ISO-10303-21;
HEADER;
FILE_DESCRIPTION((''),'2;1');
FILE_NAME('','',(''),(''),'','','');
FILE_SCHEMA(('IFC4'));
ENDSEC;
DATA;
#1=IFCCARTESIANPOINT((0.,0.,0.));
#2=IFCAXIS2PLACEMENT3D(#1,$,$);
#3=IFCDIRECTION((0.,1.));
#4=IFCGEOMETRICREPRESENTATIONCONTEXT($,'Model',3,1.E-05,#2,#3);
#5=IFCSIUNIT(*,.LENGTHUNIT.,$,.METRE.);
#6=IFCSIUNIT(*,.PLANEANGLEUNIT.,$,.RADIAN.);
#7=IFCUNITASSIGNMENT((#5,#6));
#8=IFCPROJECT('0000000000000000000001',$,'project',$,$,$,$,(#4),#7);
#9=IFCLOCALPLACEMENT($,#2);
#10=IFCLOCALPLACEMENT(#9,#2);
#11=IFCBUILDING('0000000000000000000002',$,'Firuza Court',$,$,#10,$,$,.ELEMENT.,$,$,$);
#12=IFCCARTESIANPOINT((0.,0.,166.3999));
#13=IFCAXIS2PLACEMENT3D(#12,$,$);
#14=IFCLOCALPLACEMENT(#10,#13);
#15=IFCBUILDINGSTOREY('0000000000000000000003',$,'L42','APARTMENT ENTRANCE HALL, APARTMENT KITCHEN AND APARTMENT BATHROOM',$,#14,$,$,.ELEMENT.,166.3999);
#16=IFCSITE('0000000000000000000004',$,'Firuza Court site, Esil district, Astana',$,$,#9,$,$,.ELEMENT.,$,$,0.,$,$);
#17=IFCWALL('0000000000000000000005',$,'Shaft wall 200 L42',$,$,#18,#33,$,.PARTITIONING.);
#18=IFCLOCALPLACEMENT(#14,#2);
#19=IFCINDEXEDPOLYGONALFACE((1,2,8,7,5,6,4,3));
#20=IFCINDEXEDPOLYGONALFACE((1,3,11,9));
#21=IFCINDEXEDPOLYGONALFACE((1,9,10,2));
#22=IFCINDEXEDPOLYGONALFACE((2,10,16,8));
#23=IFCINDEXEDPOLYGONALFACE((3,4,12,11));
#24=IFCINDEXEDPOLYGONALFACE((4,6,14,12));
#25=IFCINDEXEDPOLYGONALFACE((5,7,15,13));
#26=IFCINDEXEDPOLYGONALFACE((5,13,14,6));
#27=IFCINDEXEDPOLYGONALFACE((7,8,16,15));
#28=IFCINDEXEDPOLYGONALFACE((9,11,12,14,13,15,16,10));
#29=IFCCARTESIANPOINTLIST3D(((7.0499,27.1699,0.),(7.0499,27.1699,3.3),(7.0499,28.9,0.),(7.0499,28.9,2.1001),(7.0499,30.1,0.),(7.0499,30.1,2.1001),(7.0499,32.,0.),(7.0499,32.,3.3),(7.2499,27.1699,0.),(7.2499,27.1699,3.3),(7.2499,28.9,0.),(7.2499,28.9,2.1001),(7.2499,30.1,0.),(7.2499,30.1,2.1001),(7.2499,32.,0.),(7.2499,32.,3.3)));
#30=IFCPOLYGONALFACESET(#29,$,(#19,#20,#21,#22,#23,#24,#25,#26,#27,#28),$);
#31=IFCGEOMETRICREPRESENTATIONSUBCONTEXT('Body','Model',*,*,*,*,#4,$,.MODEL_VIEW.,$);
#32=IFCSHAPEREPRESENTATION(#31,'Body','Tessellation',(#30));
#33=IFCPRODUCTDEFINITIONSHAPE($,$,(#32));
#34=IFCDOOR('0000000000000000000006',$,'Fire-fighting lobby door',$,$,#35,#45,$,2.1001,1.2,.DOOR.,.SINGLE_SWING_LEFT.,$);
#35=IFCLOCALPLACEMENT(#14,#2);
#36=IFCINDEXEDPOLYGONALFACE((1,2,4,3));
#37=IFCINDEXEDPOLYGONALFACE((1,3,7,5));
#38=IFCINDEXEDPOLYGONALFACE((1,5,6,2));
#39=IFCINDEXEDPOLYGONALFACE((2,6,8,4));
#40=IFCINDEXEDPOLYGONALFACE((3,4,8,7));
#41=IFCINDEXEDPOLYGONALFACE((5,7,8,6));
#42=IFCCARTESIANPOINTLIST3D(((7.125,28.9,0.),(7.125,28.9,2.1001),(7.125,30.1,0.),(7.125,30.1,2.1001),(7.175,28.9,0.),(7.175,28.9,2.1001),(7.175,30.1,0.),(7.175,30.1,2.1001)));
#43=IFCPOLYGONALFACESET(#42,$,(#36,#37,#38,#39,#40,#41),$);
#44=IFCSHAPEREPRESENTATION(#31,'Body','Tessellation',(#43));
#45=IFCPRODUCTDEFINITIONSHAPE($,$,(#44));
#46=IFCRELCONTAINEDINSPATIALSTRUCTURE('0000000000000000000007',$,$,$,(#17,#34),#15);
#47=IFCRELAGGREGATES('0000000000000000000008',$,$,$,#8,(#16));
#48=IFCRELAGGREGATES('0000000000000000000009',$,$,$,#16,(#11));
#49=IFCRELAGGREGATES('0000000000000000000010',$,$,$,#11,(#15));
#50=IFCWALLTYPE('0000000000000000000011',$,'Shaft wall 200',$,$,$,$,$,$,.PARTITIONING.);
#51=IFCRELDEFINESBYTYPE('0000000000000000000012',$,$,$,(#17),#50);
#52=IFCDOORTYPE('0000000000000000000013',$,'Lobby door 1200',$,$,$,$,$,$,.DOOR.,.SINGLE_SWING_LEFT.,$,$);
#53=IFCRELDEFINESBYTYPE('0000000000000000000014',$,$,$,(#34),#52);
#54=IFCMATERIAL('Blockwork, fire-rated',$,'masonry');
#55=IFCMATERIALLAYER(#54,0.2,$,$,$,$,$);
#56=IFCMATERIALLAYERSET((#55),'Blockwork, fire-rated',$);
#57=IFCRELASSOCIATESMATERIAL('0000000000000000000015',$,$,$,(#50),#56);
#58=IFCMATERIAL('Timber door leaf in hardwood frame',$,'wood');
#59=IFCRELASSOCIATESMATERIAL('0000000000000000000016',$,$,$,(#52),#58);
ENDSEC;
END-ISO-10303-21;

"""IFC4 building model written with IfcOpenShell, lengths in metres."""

from ifc_helpers import new_model, si_unit, direction, frame, frame_2d, origin, place, context, subcontext, project, spatial, rectangle, extrude, material, layer, layer_set, type_object, element, fill, save


model = new_model("IFC4")

# Units and contexts
model_context = context("Model", 3, precision=1e-05, world=origin(), true_north=direction((0.0, 1.0)))
body_context = subcontext(model_context, "Body", "Model", "MODEL_VIEW")
ifc_project = project(units=[si_unit("LENGTHUNIT", "METRE"), si_unit("PLANEANGLEUNIT", "RADIAN")], contexts=[model_context])

# Site, building, storey
site_placement = place(None, origin())
site = spatial("IfcSite", under=ifc_project, at=site_placement, Name="Firuza Court site, Esil district, Astana", CompositionType="ELEMENT", RefElevation=0.0)
building_placement = place(site_placement, origin())
building = spatial("IfcBuilding", under=site, at=building_placement, Name="Firuza Court", CompositionType="ELEMENT")
storey_placement = place(building_placement, frame((0.0, 0.0, 166.3999)))
storey = spatial("IfcBuildingStorey", under=building, at=storey_placement, Name="L42", Description="APARTMENT ENTRANCE HALL, APARTMENT KITCHEN AND APARTMENT BATHROOM", CompositionType="ELEMENT", Elevation=166.3999)

# Wall, opening, door
ifc_material_1 = material(Name="Blockwork, fire-rated", Category="masonry")
ifc_layer_1 = layer(ifc_material_1, 0.2)
ifc_layer_set_1 = layer_set([ifc_layer_1], Name="Blockwork, fire-rated")
wall_type_1 = type_object("IfcWallType", Name="Shaft wall 200", PredefinedType="PARTITIONING", material=ifc_layer_set_1)
wall_1_placement = place(storey_placement, frame((7.1499, 27.1699, 0.0), z_axis=(0.0, 0.0, 1.0), x_axis=(0.0, 1.0, 0.0)))
wall_1 = element("IfcWall", 1, at=wall_1_placement, inside=storey, type_object=wall_type_1, Name="Shaft wall 200 L42", PredefinedType="PARTITIONING", context=body_context, shape_type="SweptSolid", body=[
    extrude(rectangle(XDim=4.8301, YDim=0.2, at=frame_2d((2.415, 0.0))), origin(), (0.0, 0.0, 1.0), 3.3),
])
opening_1_placement = place(wall_1_placement, frame((1.73, 0.0, 0.0)))
opening_1 = element("IfcOpeningElement", 2, at=opening_1_placement, cuts=wall_1, PredefinedType="OPENING", context=body_context, shape_type="SweptSolid", body=[
    extrude(rectangle(XDim=1.2, YDim=2.1001, at=frame_2d((0.6001, 1.05))), frame((0.0, 0.1118, 0.0), z_axis=(0.0, -1.0, 0.0), x_axis=(1.0, 0.0, 0.0)), (0.0, 0.0, 1.0), 0.2239),
])
ifc_material_2 = material(Name="Timber door leaf in hardwood frame", Category="wood")
door_type_1 = type_object("IfcDoorType", Name="Lobby door 1200", OperationType="SINGLE_SWING_LEFT", PredefinedType="DOOR", material=ifc_material_2)
door_1_placement = place(opening_1_placement, origin())
door_1 = element("IfcDoor", 3, at=door_1_placement, inside=storey, type_object=door_type_1, Name="Fire-fighting lobby door", OperationType="SINGLE_SWING_LEFT", OverallHeight=2.1001, OverallWidth=1.2, PredefinedType="DOOR", context=body_context, shape_type="SweptSolid", body=[
    extrude(rectangle(XDim=1.2, YDim=2.1001, at=frame_2d((0.6001, 1.05))), frame((0.0, 0.0249, 0.0), z_axis=(0.0, -1.0, 0.0), x_axis=(1.0, 0.0, 0.0)), (0.0, 0.0, 1.0), 0.05),
])
fill(opening_1, door_1)

save(model, "model.ifc")
